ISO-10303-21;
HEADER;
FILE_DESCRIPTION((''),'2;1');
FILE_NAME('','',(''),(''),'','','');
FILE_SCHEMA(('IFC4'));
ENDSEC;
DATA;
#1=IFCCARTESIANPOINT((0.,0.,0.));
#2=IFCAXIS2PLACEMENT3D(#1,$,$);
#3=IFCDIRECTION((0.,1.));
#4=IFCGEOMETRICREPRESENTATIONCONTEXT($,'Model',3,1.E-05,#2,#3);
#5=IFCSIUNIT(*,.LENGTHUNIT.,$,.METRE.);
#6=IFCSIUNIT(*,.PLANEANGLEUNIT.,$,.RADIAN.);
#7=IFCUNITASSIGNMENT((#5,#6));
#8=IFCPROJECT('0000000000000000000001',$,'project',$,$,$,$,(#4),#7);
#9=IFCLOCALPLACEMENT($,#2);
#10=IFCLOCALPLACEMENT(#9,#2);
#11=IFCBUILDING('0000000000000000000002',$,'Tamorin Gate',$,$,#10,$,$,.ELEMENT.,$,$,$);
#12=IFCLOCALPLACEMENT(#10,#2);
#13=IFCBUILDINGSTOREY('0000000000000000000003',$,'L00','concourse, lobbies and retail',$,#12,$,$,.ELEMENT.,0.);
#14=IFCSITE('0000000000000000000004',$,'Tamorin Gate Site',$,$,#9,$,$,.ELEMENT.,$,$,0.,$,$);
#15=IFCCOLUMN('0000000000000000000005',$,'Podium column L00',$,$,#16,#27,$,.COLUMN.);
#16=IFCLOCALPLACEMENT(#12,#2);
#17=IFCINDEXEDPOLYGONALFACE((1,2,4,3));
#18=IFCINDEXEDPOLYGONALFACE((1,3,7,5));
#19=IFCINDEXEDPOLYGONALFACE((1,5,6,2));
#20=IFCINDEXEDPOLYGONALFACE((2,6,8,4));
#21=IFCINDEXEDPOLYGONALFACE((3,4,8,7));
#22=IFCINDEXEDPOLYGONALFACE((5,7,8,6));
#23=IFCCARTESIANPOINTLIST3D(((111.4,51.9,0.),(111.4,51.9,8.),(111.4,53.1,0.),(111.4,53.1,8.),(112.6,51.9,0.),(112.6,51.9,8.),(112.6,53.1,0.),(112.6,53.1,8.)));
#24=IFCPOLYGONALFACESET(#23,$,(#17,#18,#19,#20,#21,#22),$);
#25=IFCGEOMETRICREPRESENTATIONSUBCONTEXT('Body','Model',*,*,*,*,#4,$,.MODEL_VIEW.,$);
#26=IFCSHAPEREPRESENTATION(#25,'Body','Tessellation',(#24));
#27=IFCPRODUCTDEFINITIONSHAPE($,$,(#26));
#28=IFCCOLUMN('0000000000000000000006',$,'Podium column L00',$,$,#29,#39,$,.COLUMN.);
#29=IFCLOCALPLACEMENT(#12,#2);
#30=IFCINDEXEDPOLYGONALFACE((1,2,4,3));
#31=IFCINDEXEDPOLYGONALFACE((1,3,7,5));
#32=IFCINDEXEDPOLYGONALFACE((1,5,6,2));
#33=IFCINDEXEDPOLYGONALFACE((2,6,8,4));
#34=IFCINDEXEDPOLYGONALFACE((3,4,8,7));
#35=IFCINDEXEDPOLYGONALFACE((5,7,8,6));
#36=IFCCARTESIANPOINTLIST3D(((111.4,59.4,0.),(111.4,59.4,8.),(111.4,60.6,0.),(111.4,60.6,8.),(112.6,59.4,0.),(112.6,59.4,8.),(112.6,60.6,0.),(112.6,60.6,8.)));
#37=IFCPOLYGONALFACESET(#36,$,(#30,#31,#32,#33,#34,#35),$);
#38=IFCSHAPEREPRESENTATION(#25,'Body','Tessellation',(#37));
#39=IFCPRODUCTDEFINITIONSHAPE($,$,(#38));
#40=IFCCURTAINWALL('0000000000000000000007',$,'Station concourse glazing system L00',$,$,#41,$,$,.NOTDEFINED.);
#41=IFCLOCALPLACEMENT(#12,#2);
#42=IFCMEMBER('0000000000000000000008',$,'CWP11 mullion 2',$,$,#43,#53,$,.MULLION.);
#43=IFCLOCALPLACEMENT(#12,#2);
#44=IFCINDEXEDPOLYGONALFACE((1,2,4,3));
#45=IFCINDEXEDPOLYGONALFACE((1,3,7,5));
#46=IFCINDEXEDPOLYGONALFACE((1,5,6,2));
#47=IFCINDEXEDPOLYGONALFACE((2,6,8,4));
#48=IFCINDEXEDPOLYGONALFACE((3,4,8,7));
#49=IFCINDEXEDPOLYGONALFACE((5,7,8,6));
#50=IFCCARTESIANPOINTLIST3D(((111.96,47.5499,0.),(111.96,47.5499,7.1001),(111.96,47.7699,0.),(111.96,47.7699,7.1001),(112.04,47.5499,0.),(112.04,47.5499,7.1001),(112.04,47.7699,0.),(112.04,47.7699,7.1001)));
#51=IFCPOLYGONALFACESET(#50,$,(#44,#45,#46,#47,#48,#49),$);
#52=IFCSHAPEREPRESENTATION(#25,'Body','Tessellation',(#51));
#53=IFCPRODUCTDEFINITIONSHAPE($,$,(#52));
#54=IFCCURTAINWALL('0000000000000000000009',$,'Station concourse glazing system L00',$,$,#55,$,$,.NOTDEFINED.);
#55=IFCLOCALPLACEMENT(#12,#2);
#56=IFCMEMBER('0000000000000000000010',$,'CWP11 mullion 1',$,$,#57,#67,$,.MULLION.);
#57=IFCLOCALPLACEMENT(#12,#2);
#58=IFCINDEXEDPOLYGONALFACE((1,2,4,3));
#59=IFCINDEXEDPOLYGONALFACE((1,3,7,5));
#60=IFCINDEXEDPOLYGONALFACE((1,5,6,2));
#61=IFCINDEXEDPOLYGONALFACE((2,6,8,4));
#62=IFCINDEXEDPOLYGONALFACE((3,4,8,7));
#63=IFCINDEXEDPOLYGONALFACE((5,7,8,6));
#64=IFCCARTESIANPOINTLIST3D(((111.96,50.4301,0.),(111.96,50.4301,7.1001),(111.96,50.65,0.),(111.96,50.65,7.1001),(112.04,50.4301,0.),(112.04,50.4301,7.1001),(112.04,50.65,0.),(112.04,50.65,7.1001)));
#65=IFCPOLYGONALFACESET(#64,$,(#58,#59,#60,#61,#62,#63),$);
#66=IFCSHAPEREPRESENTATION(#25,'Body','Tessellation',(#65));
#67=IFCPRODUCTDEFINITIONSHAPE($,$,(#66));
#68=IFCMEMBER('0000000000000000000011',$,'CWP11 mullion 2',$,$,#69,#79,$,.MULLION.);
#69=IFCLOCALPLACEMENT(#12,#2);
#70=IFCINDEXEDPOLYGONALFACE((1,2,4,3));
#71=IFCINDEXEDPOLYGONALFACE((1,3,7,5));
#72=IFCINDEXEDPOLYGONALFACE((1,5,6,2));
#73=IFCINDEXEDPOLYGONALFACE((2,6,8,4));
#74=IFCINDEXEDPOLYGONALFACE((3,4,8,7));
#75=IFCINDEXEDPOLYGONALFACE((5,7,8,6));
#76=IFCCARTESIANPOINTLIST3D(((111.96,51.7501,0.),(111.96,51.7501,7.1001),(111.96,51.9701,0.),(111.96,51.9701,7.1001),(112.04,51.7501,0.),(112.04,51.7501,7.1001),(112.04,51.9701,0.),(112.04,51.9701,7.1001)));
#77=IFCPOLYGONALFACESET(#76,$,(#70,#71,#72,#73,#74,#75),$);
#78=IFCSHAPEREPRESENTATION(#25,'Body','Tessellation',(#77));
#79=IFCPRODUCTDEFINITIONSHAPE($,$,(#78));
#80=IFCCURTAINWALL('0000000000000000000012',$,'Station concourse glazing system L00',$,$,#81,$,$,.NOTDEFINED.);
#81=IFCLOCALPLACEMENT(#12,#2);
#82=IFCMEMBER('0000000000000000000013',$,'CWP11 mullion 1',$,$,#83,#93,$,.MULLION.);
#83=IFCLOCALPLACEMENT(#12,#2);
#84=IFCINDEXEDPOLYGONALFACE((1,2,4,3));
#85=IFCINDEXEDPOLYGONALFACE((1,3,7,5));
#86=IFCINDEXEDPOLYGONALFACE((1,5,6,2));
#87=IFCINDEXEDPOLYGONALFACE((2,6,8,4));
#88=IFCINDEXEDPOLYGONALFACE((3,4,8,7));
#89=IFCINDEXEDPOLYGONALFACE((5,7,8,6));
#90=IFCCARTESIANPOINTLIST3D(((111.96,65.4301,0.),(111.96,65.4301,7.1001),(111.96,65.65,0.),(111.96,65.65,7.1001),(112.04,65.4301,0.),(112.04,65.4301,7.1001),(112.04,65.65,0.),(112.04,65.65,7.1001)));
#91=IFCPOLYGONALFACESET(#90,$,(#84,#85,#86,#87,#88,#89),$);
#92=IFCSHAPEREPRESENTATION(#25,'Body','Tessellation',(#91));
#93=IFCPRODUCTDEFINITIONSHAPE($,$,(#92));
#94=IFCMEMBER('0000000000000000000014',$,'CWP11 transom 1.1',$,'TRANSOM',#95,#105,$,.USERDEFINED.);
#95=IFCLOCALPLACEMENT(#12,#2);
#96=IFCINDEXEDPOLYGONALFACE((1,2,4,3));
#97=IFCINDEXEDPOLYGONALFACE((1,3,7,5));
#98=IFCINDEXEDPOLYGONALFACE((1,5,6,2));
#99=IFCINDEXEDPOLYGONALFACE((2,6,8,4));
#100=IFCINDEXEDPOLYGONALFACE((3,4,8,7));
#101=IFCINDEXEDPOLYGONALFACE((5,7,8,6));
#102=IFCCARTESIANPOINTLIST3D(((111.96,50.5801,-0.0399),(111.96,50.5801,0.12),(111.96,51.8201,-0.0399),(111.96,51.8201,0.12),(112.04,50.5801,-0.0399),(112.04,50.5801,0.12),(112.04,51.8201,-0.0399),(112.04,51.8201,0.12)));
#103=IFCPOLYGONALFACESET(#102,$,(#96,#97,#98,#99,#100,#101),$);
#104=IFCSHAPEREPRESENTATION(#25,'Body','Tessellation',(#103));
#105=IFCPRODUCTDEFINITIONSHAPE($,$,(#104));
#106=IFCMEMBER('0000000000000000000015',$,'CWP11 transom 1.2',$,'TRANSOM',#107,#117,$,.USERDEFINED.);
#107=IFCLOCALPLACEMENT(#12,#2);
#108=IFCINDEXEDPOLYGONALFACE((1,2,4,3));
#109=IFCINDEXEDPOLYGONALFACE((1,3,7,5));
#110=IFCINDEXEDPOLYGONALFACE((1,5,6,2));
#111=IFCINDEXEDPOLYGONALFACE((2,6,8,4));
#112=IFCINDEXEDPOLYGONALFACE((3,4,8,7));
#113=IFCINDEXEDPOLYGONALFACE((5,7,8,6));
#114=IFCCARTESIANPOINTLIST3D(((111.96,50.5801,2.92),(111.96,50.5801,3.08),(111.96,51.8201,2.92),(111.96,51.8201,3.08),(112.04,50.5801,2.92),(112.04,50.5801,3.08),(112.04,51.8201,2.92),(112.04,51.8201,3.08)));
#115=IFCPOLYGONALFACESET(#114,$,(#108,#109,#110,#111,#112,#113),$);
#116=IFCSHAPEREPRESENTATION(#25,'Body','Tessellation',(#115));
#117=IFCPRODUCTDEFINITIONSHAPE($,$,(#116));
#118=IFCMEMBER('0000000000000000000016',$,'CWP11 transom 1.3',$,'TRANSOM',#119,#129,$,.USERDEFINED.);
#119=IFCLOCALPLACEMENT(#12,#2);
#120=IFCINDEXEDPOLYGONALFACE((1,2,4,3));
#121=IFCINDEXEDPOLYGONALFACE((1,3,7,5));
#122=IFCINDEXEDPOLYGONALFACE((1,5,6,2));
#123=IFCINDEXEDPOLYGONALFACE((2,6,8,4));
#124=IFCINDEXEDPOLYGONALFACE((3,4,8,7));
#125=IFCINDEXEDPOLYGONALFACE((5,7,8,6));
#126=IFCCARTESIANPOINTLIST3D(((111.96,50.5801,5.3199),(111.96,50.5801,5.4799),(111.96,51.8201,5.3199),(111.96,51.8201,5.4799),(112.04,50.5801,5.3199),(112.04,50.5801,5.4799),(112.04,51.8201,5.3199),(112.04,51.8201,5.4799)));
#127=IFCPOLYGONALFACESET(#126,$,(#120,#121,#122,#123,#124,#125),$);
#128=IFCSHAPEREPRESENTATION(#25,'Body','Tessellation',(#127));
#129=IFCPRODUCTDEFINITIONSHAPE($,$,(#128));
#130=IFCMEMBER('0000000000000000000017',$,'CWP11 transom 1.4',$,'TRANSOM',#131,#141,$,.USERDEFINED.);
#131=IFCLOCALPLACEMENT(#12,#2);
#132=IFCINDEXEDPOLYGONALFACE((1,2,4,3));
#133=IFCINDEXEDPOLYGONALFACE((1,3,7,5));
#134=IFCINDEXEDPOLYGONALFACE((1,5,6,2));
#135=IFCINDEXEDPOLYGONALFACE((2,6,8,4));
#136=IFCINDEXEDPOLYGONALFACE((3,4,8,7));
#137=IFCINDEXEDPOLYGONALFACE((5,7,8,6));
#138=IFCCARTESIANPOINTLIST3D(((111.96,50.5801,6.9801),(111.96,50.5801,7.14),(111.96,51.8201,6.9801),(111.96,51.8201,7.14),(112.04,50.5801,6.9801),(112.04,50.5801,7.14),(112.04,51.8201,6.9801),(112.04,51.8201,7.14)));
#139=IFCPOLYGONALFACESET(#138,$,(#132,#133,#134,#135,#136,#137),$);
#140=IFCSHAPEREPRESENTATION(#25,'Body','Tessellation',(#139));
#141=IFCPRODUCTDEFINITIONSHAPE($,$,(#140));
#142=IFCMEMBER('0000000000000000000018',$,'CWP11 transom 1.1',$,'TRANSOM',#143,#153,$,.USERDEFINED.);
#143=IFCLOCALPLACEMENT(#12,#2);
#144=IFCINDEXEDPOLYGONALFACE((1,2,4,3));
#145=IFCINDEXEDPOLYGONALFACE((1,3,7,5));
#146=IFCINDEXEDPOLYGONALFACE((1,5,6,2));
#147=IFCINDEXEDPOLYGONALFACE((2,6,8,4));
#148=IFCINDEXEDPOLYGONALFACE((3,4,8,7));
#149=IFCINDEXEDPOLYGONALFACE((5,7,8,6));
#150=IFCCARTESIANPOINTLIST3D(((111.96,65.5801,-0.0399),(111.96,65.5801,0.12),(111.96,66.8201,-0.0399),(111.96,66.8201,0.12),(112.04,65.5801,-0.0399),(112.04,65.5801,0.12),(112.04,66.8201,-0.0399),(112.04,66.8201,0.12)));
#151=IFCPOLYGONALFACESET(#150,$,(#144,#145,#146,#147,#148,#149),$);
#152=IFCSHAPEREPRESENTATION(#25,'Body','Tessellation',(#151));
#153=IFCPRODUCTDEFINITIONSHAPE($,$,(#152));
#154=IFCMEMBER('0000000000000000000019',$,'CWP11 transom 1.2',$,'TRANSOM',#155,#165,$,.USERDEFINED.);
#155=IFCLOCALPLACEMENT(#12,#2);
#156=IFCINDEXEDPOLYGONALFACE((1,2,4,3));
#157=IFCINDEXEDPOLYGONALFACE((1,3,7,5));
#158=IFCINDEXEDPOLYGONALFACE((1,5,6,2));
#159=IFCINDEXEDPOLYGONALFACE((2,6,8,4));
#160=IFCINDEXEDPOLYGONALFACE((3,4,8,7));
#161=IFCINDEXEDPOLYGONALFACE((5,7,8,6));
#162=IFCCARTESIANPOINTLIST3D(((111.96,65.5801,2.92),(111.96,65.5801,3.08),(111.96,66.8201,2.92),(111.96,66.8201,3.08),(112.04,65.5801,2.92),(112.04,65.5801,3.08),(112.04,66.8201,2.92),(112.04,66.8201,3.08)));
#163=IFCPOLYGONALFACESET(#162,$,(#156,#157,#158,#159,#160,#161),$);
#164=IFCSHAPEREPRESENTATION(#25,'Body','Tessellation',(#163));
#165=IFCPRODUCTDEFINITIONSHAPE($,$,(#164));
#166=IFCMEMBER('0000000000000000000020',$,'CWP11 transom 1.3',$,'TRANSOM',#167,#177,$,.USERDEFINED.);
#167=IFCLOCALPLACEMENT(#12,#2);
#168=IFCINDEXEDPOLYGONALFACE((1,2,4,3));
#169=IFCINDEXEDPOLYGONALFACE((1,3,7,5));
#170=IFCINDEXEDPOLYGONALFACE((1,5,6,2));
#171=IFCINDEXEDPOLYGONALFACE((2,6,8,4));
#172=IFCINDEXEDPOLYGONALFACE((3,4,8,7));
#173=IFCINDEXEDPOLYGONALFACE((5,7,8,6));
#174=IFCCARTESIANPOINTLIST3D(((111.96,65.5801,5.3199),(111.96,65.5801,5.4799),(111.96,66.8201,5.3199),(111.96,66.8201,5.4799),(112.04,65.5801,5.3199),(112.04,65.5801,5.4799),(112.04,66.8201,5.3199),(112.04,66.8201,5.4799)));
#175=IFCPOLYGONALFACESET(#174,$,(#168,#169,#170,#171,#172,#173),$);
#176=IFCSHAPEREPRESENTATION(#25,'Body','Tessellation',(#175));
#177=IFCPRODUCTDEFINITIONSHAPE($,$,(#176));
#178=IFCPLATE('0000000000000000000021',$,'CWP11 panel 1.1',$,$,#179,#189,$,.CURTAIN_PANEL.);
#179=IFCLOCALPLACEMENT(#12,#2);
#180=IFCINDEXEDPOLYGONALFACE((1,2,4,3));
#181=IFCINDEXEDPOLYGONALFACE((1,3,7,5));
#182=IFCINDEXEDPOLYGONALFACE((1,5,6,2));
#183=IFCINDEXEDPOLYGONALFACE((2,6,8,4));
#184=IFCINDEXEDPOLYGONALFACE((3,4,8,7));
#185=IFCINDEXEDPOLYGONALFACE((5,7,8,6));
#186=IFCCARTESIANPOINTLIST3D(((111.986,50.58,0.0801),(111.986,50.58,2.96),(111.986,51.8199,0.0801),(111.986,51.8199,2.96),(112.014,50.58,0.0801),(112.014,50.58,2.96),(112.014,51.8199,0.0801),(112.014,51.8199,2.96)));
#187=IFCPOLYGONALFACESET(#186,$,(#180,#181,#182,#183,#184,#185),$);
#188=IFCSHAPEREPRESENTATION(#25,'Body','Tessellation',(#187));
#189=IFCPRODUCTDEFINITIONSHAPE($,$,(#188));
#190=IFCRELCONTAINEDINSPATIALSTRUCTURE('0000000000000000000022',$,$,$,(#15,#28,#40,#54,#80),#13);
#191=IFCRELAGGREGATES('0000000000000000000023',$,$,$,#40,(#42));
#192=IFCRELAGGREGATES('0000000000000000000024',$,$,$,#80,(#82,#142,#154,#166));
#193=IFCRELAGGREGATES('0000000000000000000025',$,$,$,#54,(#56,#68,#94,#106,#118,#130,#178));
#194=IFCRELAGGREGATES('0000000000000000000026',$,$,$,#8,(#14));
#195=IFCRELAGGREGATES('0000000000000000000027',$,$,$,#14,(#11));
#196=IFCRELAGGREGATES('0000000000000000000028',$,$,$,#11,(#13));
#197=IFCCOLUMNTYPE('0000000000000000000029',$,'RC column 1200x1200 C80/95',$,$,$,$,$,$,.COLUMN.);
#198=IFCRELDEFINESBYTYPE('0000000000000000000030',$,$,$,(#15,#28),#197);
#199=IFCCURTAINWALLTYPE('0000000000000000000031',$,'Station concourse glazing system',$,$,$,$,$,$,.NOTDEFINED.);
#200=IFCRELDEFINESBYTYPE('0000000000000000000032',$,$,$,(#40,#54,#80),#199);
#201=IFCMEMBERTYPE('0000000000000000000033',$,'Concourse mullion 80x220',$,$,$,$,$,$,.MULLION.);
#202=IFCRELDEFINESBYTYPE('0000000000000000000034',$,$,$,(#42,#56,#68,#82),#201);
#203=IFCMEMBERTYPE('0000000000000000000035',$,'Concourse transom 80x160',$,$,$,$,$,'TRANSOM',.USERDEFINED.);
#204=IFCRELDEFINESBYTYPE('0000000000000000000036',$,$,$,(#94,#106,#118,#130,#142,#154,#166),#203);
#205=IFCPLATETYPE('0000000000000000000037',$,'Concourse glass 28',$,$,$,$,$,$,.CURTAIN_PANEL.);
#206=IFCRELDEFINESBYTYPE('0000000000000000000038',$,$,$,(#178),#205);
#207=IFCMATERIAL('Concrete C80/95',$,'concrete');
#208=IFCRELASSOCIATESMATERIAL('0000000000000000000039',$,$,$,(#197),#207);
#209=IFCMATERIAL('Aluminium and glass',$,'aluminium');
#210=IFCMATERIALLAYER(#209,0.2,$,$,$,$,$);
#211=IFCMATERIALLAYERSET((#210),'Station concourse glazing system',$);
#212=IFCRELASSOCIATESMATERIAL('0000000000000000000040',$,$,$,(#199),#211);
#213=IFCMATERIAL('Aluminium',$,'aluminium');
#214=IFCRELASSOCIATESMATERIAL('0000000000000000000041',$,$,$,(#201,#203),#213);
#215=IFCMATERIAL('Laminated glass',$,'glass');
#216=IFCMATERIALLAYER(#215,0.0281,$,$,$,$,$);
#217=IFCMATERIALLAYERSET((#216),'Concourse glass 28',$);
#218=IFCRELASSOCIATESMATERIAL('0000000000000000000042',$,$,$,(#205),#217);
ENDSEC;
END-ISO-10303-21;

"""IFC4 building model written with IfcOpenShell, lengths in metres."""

from ifc_helpers import new_model, si_unit, direction, frame, origin, origin_2d, place, context, subcontext, project, spatial, rectangle, extrude, material, layer, layer_set, material_profile, profile_set, type_object, element, aggregate, save


model = new_model("IFC4")

# Units and contexts
model_context = context("Model", 3, precision=1e-05, world=origin(), true_north=direction((0.0, 1.0)))
body_context = subcontext(model_context, "Body", "Model", "MODEL_VIEW")
ifc_project = project(units=[si_unit("LENGTHUNIT", "METRE"), si_unit("PLANEANGLEUNIT", "RADIAN")], contexts=[model_context])

# Site, building, storey
site_placement = place(None, origin())
site = spatial("IfcSite", under=ifc_project, at=site_placement, Name="Tamorin Gate Site", CompositionType="ELEMENT", RefElevation=0.0)
building_placement = place(site_placement, origin())
building = spatial("IfcBuilding", under=site, at=building_placement, Name="Tamorin Gate", CompositionType="ELEMENT")
storey_placement = place(building_placement, origin())
storey = spatial("IfcBuildingStorey", under=building, at=storey_placement, Name="L00", Description="concourse, lobbies and retail", CompositionType="ELEMENT", Elevation=0.0)

# Columns
ifc_material_1 = material(Name="Concrete C80/95", Category="concrete")
ifc_material_profile_1 = material_profile(ifc_material_1, rectangle(XDim=1.2, YDim=1.2, at=origin_2d()), Name="RC 1200x1200")
ifc_profile_set_1 = profile_set([ifc_material_profile_1], Name="Concrete C80/95")
column_type = type_object("IfcColumnType", Name="RC column 1200x1200 C80/95", PredefinedType="COLUMN", material=ifc_profile_set_1)
for number, where, z_axis, x_axis, name in (
    (1, (112.0, 52.5, 0.0), (0.0, 0.0, 1.0), (1.0, 0.0, 0.0), "Podium column L00"),
    (2, (112.0, 60.0, 0.0), (0.0, 0.0, 1.0), (1.0, 0.0, 0.0), "Podium column L00"),
):
    element("IfcColumn", number, at=place(storey_placement, frame(where, z_axis=z_axis, x_axis=x_axis)), inside=storey, type_object=column_type, Name=name, PredefinedType="COLUMN", context=body_context, shape_type="SweptSolid", body=[
        extrude(rectangle(XDim=1.2, YDim=1.2, at=origin_2d()), origin(), (0.0, 0.0, 1.0), 8.0),
    ])

# Curtain wall, member
ifc_material_2 = material(Name="Aluminium and glass", Category="aluminium")
ifc_layer_1 = layer(ifc_material_2, 0.2)
ifc_layer_set_1 = layer_set([ifc_layer_1], Name="Station concourse glazing system")
curtain_wall_type = type_object("IfcCurtainWallType", Name="Station concourse glazing system", PredefinedType="NOTDEFINED", material=ifc_layer_set_1)
curtain_wall_1_placement = place(storey_placement, origin())
curtain_wall_1 = element("IfcCurtainWall", 3, at=curtain_wall_1_placement, inside=storey, type_object=curtain_wall_type, Name="Station concourse glazing system L00", PredefinedType="NOTDEFINED")
ifc_material_3 = material(Name="Aluminium", Category="aluminium")
ifc_material_profile_2 = material_profile(ifc_material_3, rectangle(XDim=0.0801, YDim=0.22, at=origin_2d()), Name="RECT 80x220")
ifc_profile_set_2 = profile_set([ifc_material_profile_2], Name="Aluminium")
member_type_1 = type_object("IfcMemberType", Name="Concourse mullion 80x220", PredefinedType="MULLION", material=ifc_profile_set_2)
member_1_placement = place(storey_placement, frame((112.0, 47.6599, 0.0), z_axis=(0.0, 0.0, 1.0), x_axis=(-1.0, 0.0, 0.0)))
member_1 = element("IfcMember", 4, at=member_1_placement, type_object=member_type_1, Name="CWP11 mullion 2", PredefinedType="MULLION", context=body_context, shape_type="SweptSolid", body=[
    extrude(rectangle(XDim=0.0801, YDim=0.22, at=origin_2d()), origin(), (0.0, 0.0, 1.0), 7.1001),
])
aggregate(curtain_wall_1, [member_1])

# Curtain wall, members
curtain_wall_2_placement = place(storey_placement, origin())
curtain_wall_2 = element("IfcCurtainWall", 5, at=curtain_wall_2_placement, inside=storey, type_object=curtain_wall_type, Name="Station concourse glazing system L00", PredefinedType="NOTDEFINED")
member_2_placement = place(storey_placement, frame((112.0, 50.54, 0.0), z_axis=(0.0, 0.0, 1.0), x_axis=(-1.0, 0.0, 0.0)))
member_2 = element("IfcMember", 6, at=member_2_placement, type_object=member_type_1, Name="CWP11 mullion 1", PredefinedType="MULLION", context=body_context, shape_type="SweptSolid", body=[
    extrude(rectangle(XDim=0.0801, YDim=0.22, at=origin_2d()), origin(), (0.0, 0.0, 1.0), 7.1001),
])
member_3_placement = place(storey_placement, frame((112.0, 51.8601, 0.0), z_axis=(0.0, 0.0, 1.0), x_axis=(-1.0, 0.0, 0.0)))
member_3 = element("IfcMember", 7, at=member_3_placement, type_object=member_type_1, Name="CWP11 mullion 2", PredefinedType="MULLION", context=body_context, shape_type="SweptSolid", body=[
    extrude(rectangle(XDim=0.0801, YDim=0.22, at=origin_2d()), origin(), (0.0, 0.0, 1.0), 7.1001),
])

# Curtain wall, member
curtain_wall_3_placement = place(storey_placement, origin())
curtain_wall_3 = element("IfcCurtainWall", 8, at=curtain_wall_3_placement, inside=storey, type_object=curtain_wall_type, Name="Station concourse glazing system L00", PredefinedType="NOTDEFINED")
member_4_placement = place(storey_placement, frame((112.0, 65.54, 0.0), z_axis=(0.0, 0.0, 1.0), x_axis=(-1.0, 0.0, 0.0)))
member_4 = element("IfcMember", 9, at=member_4_placement, type_object=member_type_1, Name="CWP11 mullion 1", PredefinedType="MULLION", context=body_context, shape_type="SweptSolid", body=[
    extrude(rectangle(XDim=0.0801, YDim=0.22, at=origin_2d()), origin(), (0.0, 0.0, 1.0), 7.1001),
])

# Members
ifc_material_profile_3 = material_profile(ifc_material_3, rectangle(XDim=0.0801, YDim=0.1599, at=origin_2d()), Name="RECT 80x160")
ifc_profile_set_3 = profile_set([ifc_material_profile_3], Name="Aluminium")
member_type_2 = type_object("IfcMemberType", Name="Concourse transom 80x160", ElementType="TRANSOM", PredefinedType="USERDEFINED", material=ifc_profile_set_3)
member_5_placement = place(storey_placement, frame((112.0, 50.5801, 0.04), z_axis=(0.0, 1.0, 0.0), x_axis=(-1.0, 0.0, 0.0)))
member_5 = element("IfcMember", 10, at=member_5_placement, type_object=member_type_2, Name="CWP11 transom 1.1", ObjectType="TRANSOM", PredefinedType="USERDEFINED", context=body_context, shape_type="SweptSolid", body=[
    extrude(rectangle(XDim=0.0801, YDim=0.1599, at=origin_2d()), origin(), (0.0, 0.0, 1.0), 1.24),
])
member_6_placement = place(storey_placement, frame((112.0, 50.5801, 3.0), z_axis=(0.0, 1.0, 0.0), x_axis=(-1.0, 0.0, 0.0)))
member_6 = element("IfcMember", 11, at=member_6_placement, type_object=member_type_2, Name="CWP11 transom 1.2", ObjectType="TRANSOM", PredefinedType="USERDEFINED", context=body_context, shape_type="SweptSolid", body=[
    extrude(rectangle(XDim=0.0801, YDim=0.1599, at=origin_2d()), origin(), (0.0, 0.0, 1.0), 1.24),
])
member_7_placement = place(storey_placement, frame((112.0, 50.5801, 5.3999), z_axis=(0.0, 1.0, 0.0), x_axis=(-1.0, 0.0, 0.0)))
member_7 = element("IfcMember", 12, at=member_7_placement, type_object=member_type_2, Name="CWP11 transom 1.3", ObjectType="TRANSOM", PredefinedType="USERDEFINED", context=body_context, shape_type="SweptSolid", body=[
    extrude(rectangle(XDim=0.0801, YDim=0.1599, at=origin_2d()), origin(), (0.0, 0.0, 1.0), 1.24),
])
member_8_placement = place(storey_placement, frame((112.0, 50.5801, 7.0601), z_axis=(0.0, 1.0, 0.0), x_axis=(-1.0, 0.0, 0.0)))
member_8 = element("IfcMember", 13, at=member_8_placement, type_object=member_type_2, Name="CWP11 transom 1.4", ObjectType="TRANSOM", PredefinedType="USERDEFINED", context=body_context, shape_type="SweptSolid", body=[
    extrude(rectangle(XDim=0.0801, YDim=0.1599, at=origin_2d()), origin(), (0.0, 0.0, 1.0), 1.24),
])
member_9_placement = place(storey_placement, frame((112.0, 65.5801, 0.04), z_axis=(0.0, 1.0, 0.0), x_axis=(-1.0, 0.0, 0.0)))
member_9 = element("IfcMember", 14, at=member_9_placement, type_object=member_type_2, Name="CWP11 transom 1.1", ObjectType="TRANSOM", PredefinedType="USERDEFINED", context=body_context, shape_type="SweptSolid", body=[
    extrude(rectangle(XDim=0.0801, YDim=0.1599, at=origin_2d()), origin(), (0.0, 0.0, 1.0), 1.24),
])
member_10_placement = place(storey_placement, frame((112.0, 65.5801, 3.0), z_axis=(0.0, 1.0, 0.0), x_axis=(-1.0, 0.0, 0.0)))
member_10 = element("IfcMember", 15, at=member_10_placement, type_object=member_type_2, Name="CWP11 transom 1.2", ObjectType="TRANSOM", PredefinedType="USERDEFINED", context=body_context, shape_type="SweptSolid", body=[
    extrude(rectangle(XDim=0.0801, YDim=0.1599, at=origin_2d()), origin(), (0.0, 0.0, 1.0), 1.24),
])
member_11_placement = place(storey_placement, frame((112.0, 65.5801, 5.3999), z_axis=(0.0, 1.0, 0.0), x_axis=(-1.0, 0.0, 0.0)))
member_11 = element("IfcMember", 16, at=member_11_placement, type_object=member_type_2, Name="CWP11 transom 1.3", ObjectType="TRANSOM", PredefinedType="USERDEFINED", context=body_context, shape_type="SweptSolid", body=[
    extrude(rectangle(XDim=0.0801, YDim=0.1599, at=origin_2d()), origin(), (0.0, 0.0, 1.0), 1.24),
])
aggregate(curtain_wall_3, [member_4, member_9, member_10, member_11])

# Plate
ifc_material_4 = material(Name="Laminated glass", Category="glass")
ifc_layer_2 = layer(ifc_material_4, 0.0281)
ifc_layer_set_2 = layer_set([ifc_layer_2], Name="Concourse glass 28")
plate_type = type_object("IfcPlateType", Name="Concourse glass 28", PredefinedType="CURTAIN_PANEL", material=ifc_layer_set_2)
plate_1_placement = place(storey_placement, frame((112.0, 51.2, 0.0801), z_axis=(0.0, 0.0, 1.0), x_axis=(0.0, 1.0, 0.0)))
plate_1 = element("IfcPlate", 17, at=plate_1_placement, type_object=plate_type, Name="CWP11 panel 1.1", PredefinedType="CURTAIN_PANEL", context=body_context, shape_type="SweptSolid", body=[
    extrude(rectangle(XDim=1.24, YDim=0.0281, at=origin_2d()), origin(), (0.0, 0.0, 1.0), 2.8799),
])
aggregate(curtain_wall_2, [member_2, member_3, member_5, member_6, member_7, member_8, plate_1])

save(model, "model.ifc")
